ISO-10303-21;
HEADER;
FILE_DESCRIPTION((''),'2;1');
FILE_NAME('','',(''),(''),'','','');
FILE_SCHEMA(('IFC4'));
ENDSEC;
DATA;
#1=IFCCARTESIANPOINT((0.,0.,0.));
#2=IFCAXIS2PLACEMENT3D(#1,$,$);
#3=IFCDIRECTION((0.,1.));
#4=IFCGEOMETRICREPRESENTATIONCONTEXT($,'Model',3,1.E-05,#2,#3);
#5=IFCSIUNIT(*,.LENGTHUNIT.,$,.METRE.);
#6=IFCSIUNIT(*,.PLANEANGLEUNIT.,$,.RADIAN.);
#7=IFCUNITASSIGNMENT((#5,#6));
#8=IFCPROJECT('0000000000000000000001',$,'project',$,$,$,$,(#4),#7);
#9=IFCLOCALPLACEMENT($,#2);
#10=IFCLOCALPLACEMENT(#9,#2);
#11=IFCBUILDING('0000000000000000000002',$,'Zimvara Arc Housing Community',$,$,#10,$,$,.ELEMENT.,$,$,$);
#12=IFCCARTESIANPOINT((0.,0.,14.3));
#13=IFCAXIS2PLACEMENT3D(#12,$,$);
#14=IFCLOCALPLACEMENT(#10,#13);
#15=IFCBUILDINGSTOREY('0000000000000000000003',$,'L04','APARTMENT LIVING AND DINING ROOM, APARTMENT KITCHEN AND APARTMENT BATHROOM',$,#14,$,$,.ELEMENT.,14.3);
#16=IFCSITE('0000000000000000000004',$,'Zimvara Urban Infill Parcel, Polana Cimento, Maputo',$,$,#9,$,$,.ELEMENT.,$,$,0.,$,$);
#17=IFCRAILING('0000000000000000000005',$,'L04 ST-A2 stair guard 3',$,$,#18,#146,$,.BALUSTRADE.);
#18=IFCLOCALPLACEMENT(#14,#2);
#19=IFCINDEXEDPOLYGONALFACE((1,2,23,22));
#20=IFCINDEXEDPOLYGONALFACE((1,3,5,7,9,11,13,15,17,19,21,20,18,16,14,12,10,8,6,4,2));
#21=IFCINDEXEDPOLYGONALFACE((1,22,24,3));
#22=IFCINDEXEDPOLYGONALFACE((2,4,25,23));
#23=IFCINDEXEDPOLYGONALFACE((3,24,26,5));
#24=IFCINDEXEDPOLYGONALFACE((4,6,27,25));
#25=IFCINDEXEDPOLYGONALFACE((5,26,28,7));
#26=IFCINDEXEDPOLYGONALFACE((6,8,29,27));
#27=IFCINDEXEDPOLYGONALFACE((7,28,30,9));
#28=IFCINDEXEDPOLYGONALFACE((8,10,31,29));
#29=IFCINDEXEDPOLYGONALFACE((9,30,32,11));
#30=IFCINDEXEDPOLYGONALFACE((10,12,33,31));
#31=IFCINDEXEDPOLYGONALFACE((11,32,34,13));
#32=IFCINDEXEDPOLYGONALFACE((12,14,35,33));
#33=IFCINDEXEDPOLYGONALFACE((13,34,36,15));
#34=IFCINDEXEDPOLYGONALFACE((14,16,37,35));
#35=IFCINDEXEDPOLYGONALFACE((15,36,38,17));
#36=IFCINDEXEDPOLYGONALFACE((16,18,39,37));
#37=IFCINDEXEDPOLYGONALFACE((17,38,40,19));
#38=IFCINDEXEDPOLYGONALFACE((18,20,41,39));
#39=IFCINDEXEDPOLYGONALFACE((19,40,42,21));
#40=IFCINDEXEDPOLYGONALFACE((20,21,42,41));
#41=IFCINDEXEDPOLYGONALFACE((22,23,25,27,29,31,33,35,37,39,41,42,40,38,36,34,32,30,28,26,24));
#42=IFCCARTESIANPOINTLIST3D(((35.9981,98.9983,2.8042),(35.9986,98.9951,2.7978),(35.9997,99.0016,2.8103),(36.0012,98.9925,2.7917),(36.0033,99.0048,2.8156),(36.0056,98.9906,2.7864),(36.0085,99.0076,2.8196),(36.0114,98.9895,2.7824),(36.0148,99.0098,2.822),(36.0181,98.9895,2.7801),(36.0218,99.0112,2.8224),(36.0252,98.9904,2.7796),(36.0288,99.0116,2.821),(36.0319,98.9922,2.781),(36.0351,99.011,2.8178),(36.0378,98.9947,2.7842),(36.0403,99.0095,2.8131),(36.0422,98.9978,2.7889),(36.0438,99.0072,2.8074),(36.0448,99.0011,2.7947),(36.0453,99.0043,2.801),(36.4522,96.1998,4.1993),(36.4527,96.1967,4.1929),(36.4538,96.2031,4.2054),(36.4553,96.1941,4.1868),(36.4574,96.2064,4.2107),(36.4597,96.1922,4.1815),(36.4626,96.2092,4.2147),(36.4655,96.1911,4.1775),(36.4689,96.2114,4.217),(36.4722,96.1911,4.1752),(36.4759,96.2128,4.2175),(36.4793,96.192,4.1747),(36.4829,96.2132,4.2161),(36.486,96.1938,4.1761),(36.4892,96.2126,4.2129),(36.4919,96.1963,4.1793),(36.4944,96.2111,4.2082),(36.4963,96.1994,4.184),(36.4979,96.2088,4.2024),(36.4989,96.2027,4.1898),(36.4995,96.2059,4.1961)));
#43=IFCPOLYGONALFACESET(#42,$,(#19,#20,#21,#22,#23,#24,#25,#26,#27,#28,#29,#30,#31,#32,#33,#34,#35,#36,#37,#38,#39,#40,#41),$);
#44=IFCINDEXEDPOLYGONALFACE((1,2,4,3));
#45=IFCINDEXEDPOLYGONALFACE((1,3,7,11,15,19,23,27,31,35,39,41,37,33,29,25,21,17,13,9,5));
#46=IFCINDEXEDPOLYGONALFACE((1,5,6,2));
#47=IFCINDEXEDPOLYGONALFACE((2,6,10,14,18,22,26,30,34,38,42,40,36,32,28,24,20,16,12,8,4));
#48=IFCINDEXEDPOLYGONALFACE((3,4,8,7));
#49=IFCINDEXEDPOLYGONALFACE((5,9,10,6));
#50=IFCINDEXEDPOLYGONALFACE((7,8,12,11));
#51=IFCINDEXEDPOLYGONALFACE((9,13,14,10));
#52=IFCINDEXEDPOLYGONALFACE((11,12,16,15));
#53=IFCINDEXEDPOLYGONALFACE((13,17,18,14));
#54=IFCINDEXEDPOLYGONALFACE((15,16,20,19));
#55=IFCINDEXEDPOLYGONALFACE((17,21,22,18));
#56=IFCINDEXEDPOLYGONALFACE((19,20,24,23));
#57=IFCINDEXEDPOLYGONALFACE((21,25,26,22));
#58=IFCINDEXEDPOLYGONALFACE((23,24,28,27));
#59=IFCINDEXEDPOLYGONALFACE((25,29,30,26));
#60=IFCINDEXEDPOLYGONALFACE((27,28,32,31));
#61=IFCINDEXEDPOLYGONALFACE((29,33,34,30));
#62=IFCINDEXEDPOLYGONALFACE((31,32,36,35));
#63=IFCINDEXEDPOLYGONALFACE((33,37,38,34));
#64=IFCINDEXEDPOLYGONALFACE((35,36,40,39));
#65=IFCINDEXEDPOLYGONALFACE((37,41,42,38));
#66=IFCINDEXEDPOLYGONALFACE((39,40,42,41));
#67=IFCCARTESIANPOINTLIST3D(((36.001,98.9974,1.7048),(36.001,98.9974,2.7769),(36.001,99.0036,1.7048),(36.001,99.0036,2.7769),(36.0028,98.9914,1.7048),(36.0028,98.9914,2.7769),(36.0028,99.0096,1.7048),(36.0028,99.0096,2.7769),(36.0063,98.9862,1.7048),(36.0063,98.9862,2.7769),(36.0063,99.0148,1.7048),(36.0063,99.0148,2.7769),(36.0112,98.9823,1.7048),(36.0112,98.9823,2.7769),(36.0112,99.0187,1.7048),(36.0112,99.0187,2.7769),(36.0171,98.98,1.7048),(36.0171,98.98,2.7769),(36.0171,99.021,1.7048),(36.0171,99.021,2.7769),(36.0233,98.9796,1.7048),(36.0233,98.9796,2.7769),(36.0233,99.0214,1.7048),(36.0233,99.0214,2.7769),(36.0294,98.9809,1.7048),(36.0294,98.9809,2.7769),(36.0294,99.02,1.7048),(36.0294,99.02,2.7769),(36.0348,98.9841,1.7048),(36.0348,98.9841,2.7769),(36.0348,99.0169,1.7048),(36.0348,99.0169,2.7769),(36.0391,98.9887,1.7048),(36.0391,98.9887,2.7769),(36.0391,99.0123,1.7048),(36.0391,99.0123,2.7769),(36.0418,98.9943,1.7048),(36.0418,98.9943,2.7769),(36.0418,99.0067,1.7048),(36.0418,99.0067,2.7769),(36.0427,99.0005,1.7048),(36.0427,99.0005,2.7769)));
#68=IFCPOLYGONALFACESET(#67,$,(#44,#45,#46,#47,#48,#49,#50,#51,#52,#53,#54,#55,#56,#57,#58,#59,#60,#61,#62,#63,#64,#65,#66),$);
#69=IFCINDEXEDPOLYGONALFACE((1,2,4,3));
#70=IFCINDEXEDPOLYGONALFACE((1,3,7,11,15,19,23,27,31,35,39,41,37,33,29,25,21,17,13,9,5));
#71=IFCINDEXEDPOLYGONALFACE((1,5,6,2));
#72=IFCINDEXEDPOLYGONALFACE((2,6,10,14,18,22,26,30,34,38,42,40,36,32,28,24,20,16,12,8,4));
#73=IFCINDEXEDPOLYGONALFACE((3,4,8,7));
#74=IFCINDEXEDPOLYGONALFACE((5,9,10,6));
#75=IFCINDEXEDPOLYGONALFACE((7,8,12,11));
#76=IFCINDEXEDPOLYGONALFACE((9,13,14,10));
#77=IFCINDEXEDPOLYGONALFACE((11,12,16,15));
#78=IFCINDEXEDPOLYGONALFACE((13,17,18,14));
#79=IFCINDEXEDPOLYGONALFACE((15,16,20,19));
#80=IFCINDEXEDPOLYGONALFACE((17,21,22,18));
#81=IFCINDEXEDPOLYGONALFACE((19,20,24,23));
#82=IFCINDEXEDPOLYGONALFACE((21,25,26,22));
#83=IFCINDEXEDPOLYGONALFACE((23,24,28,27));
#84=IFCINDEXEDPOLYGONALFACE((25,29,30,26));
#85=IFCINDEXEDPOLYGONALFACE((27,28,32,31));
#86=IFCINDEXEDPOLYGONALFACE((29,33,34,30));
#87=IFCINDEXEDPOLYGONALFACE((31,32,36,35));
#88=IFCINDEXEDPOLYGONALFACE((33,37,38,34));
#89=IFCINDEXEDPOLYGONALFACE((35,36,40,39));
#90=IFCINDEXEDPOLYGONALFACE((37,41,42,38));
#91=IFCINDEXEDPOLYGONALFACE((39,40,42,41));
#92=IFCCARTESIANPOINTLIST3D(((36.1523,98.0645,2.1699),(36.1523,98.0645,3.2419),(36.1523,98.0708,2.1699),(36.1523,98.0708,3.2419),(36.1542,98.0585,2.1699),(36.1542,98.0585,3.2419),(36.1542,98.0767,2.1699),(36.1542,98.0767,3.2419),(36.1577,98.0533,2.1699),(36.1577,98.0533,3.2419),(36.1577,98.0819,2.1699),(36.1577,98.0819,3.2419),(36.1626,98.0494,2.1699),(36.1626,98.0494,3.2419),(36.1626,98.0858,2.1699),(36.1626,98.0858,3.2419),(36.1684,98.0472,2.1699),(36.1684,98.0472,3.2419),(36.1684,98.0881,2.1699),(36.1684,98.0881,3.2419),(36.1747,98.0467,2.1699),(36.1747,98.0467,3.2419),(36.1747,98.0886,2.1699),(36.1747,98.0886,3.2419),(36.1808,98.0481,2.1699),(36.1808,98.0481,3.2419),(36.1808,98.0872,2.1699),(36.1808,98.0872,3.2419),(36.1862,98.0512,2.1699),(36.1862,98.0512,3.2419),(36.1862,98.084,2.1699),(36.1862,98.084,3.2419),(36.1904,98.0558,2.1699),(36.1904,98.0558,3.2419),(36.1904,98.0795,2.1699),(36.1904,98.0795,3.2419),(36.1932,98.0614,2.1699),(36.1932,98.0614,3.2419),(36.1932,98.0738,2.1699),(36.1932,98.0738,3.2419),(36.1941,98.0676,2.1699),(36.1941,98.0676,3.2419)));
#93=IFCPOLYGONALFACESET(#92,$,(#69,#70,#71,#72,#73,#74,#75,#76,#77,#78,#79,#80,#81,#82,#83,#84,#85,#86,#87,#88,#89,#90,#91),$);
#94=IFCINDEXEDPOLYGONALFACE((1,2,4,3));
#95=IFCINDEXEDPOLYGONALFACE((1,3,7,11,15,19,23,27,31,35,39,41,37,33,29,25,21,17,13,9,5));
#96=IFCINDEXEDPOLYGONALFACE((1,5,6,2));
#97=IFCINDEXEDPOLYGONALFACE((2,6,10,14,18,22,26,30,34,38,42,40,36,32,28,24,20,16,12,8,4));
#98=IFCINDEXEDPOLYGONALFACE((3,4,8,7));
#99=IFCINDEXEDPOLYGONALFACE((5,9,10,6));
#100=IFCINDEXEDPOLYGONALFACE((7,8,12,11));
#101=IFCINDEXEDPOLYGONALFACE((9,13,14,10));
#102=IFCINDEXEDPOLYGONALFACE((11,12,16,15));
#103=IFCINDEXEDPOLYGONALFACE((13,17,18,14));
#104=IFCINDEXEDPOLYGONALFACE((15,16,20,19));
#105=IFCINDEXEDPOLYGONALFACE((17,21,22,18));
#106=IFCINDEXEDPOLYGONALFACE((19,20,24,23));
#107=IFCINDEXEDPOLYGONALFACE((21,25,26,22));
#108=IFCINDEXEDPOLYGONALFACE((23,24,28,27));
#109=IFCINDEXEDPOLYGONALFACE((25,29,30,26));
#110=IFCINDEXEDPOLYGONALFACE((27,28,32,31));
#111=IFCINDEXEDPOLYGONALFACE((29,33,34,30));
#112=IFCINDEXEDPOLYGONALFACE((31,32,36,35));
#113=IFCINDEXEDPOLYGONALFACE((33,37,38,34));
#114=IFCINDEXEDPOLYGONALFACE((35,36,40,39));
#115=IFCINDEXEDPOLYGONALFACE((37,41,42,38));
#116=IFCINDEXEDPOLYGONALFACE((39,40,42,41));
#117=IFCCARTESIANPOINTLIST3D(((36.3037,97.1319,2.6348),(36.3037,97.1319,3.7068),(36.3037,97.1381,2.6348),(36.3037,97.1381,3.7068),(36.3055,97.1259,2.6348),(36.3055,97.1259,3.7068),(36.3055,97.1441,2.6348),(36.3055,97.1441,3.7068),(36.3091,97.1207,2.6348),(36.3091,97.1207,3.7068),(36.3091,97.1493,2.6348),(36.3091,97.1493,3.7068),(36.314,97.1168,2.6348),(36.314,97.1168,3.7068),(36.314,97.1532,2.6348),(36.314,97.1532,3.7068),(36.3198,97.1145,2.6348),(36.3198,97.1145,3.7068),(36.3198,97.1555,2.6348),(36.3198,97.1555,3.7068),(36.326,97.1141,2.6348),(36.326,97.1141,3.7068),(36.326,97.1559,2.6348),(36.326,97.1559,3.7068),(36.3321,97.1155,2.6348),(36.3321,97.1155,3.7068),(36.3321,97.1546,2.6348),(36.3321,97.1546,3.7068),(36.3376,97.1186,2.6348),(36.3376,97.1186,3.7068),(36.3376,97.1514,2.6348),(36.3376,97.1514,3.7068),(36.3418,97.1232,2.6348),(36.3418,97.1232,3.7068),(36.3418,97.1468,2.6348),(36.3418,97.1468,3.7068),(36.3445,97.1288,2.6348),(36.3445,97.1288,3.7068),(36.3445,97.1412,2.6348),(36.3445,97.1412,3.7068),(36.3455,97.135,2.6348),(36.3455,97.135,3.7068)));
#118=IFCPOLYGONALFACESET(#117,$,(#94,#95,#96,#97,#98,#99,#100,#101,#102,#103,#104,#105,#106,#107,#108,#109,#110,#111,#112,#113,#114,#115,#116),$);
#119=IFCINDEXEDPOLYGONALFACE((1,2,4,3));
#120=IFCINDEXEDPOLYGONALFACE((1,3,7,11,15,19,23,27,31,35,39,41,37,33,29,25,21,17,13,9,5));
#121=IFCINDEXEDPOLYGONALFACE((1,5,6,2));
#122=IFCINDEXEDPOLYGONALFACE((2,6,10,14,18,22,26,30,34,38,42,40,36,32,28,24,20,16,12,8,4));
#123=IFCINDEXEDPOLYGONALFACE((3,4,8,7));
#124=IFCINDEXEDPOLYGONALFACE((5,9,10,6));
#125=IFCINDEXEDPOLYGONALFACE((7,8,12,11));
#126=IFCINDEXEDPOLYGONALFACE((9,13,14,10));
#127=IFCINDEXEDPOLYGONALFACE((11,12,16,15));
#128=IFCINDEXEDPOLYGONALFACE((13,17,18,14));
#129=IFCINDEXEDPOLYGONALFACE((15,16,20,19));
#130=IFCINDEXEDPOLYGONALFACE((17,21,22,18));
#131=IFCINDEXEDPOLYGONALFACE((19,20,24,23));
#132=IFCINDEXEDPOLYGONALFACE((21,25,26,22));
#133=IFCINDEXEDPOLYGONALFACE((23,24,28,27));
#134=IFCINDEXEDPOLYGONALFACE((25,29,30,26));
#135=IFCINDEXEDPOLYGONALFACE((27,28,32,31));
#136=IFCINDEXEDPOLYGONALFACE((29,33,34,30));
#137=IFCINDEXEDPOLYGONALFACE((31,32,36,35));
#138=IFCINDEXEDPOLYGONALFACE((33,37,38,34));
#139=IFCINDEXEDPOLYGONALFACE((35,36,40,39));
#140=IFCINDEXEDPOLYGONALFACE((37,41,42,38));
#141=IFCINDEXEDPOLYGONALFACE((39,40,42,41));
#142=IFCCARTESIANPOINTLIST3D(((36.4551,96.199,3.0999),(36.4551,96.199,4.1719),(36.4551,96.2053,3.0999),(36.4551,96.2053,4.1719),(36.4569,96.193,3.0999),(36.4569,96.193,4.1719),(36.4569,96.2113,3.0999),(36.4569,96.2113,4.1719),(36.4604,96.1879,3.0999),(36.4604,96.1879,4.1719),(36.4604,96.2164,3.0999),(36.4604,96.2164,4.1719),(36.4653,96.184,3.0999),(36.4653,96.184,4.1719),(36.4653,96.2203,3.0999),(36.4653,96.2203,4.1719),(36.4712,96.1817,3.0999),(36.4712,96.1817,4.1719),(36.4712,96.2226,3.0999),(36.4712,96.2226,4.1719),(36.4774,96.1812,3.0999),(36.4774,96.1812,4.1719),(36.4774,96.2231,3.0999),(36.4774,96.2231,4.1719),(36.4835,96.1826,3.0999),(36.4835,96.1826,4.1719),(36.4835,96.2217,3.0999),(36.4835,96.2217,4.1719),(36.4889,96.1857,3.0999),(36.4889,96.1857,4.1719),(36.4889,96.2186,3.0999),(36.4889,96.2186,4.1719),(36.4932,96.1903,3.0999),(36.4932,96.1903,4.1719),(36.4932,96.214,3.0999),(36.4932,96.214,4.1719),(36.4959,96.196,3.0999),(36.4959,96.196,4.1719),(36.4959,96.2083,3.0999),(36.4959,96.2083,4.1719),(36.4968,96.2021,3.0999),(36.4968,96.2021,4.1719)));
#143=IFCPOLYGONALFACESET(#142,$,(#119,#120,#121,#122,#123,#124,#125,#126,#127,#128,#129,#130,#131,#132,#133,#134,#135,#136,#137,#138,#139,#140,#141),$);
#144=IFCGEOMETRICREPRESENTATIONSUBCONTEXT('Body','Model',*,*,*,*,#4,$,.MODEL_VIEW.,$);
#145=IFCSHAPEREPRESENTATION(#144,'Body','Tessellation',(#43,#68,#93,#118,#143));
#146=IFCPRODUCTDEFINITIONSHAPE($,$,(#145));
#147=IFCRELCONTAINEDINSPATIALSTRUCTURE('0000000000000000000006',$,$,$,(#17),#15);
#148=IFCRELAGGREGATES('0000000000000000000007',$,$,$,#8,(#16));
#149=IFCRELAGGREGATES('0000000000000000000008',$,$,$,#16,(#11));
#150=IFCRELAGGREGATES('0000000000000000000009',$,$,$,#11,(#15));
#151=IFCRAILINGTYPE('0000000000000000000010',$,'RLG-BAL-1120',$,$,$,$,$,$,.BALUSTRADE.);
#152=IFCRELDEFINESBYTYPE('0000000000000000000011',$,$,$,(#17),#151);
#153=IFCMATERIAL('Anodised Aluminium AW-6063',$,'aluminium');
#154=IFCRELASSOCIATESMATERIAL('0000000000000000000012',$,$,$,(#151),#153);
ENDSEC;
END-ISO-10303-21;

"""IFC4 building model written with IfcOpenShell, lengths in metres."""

from ifc_helpers import new_model, si_unit, direction, frame, origin, origin_2d, place, context, subcontext, project, spatial, circle, extrude, material, type_object, element, save


model = new_model("IFC4")

# Units and contexts
model_context = context("Model", 3, precision=1e-05, world=origin(), true_north=direction((0.0, 1.0)))
body_context = subcontext(model_context, "Body", "Model", "MODEL_VIEW")
ifc_project = project(units=[si_unit("LENGTHUNIT", "METRE"), si_unit("PLANEANGLEUNIT", "RADIAN")], contexts=[model_context])

# Site, building, storey
site_placement = place(None, origin())
site = spatial("IfcSite", under=ifc_project, at=site_placement, Name="Zimvara Urban Infill Parcel, Polana Cimento, Maputo", CompositionType="ELEMENT", RefElevation=0.0)
building_placement = place(site_placement, origin())
building = spatial("IfcBuilding", under=site, at=building_placement, Name="Zimvara Arc Housing Community", CompositionType="ELEMENT")
storey_placement = place(building_placement, frame((0.0, 0.0, 14.3)))
storey = spatial("IfcBuildingStorey", under=building, at=storey_placement, Name="L04", Description="APARTMENT LIVING AND DINING ROOM, APARTMENT KITCHEN AND APARTMENT BATHROOM", CompositionType="ELEMENT", Elevation=14.3)

# Railing
ifc_material_1 = material(Name="Anodised Aluminium AW-6063", Category="aluminium")
railing_type = type_object("IfcRailingType", Name="RLG-BAL-1120", PredefinedType="BALUSTRADE", material=ifc_material_1)
railing_1_placement = place(storey_placement, frame((36.0217, 99.0005, 1.7048)))
element("IfcRailing", 1, at=railing_1_placement, inside=storey, type_object=railing_type, Name="L04 ST-A2 stair guard 3", PredefinedType="BALUSTRADE", context=body_context, shape_type="SweptSolid", body=[
    extrude(circle(Radius=0.0239, at=origin_2d()), frame((0.0, 0.0, 1.0962), z_axis=(0.143722, -0.885666, 0.44152), x_axis=(0.987088, 0.16018, 0.0)), (0.0, 0.0, 1.0), 3.1597),
    extrude(circle(Radius=0.021, at=origin_2d()), origin(), (0.0, 0.0, 1.0), 1.072),
    extrude(circle(Radius=0.021, at=origin_2d()), frame((0.1514, -0.9329, 0.4651)), (0.0, 0.0, 1.0), 1.072),
    extrude(circle(Radius=0.021, at=origin_2d()), frame((0.3027, -1.8655, 0.9299)), (0.0, 0.0, 1.0), 1.072),
    extrude(circle(Radius=0.021, at=origin_2d()), frame((0.4541, -2.7983, 1.395)), (0.0, 0.0, 1.0), 1.072),
])

save(model, "model.ifc")
